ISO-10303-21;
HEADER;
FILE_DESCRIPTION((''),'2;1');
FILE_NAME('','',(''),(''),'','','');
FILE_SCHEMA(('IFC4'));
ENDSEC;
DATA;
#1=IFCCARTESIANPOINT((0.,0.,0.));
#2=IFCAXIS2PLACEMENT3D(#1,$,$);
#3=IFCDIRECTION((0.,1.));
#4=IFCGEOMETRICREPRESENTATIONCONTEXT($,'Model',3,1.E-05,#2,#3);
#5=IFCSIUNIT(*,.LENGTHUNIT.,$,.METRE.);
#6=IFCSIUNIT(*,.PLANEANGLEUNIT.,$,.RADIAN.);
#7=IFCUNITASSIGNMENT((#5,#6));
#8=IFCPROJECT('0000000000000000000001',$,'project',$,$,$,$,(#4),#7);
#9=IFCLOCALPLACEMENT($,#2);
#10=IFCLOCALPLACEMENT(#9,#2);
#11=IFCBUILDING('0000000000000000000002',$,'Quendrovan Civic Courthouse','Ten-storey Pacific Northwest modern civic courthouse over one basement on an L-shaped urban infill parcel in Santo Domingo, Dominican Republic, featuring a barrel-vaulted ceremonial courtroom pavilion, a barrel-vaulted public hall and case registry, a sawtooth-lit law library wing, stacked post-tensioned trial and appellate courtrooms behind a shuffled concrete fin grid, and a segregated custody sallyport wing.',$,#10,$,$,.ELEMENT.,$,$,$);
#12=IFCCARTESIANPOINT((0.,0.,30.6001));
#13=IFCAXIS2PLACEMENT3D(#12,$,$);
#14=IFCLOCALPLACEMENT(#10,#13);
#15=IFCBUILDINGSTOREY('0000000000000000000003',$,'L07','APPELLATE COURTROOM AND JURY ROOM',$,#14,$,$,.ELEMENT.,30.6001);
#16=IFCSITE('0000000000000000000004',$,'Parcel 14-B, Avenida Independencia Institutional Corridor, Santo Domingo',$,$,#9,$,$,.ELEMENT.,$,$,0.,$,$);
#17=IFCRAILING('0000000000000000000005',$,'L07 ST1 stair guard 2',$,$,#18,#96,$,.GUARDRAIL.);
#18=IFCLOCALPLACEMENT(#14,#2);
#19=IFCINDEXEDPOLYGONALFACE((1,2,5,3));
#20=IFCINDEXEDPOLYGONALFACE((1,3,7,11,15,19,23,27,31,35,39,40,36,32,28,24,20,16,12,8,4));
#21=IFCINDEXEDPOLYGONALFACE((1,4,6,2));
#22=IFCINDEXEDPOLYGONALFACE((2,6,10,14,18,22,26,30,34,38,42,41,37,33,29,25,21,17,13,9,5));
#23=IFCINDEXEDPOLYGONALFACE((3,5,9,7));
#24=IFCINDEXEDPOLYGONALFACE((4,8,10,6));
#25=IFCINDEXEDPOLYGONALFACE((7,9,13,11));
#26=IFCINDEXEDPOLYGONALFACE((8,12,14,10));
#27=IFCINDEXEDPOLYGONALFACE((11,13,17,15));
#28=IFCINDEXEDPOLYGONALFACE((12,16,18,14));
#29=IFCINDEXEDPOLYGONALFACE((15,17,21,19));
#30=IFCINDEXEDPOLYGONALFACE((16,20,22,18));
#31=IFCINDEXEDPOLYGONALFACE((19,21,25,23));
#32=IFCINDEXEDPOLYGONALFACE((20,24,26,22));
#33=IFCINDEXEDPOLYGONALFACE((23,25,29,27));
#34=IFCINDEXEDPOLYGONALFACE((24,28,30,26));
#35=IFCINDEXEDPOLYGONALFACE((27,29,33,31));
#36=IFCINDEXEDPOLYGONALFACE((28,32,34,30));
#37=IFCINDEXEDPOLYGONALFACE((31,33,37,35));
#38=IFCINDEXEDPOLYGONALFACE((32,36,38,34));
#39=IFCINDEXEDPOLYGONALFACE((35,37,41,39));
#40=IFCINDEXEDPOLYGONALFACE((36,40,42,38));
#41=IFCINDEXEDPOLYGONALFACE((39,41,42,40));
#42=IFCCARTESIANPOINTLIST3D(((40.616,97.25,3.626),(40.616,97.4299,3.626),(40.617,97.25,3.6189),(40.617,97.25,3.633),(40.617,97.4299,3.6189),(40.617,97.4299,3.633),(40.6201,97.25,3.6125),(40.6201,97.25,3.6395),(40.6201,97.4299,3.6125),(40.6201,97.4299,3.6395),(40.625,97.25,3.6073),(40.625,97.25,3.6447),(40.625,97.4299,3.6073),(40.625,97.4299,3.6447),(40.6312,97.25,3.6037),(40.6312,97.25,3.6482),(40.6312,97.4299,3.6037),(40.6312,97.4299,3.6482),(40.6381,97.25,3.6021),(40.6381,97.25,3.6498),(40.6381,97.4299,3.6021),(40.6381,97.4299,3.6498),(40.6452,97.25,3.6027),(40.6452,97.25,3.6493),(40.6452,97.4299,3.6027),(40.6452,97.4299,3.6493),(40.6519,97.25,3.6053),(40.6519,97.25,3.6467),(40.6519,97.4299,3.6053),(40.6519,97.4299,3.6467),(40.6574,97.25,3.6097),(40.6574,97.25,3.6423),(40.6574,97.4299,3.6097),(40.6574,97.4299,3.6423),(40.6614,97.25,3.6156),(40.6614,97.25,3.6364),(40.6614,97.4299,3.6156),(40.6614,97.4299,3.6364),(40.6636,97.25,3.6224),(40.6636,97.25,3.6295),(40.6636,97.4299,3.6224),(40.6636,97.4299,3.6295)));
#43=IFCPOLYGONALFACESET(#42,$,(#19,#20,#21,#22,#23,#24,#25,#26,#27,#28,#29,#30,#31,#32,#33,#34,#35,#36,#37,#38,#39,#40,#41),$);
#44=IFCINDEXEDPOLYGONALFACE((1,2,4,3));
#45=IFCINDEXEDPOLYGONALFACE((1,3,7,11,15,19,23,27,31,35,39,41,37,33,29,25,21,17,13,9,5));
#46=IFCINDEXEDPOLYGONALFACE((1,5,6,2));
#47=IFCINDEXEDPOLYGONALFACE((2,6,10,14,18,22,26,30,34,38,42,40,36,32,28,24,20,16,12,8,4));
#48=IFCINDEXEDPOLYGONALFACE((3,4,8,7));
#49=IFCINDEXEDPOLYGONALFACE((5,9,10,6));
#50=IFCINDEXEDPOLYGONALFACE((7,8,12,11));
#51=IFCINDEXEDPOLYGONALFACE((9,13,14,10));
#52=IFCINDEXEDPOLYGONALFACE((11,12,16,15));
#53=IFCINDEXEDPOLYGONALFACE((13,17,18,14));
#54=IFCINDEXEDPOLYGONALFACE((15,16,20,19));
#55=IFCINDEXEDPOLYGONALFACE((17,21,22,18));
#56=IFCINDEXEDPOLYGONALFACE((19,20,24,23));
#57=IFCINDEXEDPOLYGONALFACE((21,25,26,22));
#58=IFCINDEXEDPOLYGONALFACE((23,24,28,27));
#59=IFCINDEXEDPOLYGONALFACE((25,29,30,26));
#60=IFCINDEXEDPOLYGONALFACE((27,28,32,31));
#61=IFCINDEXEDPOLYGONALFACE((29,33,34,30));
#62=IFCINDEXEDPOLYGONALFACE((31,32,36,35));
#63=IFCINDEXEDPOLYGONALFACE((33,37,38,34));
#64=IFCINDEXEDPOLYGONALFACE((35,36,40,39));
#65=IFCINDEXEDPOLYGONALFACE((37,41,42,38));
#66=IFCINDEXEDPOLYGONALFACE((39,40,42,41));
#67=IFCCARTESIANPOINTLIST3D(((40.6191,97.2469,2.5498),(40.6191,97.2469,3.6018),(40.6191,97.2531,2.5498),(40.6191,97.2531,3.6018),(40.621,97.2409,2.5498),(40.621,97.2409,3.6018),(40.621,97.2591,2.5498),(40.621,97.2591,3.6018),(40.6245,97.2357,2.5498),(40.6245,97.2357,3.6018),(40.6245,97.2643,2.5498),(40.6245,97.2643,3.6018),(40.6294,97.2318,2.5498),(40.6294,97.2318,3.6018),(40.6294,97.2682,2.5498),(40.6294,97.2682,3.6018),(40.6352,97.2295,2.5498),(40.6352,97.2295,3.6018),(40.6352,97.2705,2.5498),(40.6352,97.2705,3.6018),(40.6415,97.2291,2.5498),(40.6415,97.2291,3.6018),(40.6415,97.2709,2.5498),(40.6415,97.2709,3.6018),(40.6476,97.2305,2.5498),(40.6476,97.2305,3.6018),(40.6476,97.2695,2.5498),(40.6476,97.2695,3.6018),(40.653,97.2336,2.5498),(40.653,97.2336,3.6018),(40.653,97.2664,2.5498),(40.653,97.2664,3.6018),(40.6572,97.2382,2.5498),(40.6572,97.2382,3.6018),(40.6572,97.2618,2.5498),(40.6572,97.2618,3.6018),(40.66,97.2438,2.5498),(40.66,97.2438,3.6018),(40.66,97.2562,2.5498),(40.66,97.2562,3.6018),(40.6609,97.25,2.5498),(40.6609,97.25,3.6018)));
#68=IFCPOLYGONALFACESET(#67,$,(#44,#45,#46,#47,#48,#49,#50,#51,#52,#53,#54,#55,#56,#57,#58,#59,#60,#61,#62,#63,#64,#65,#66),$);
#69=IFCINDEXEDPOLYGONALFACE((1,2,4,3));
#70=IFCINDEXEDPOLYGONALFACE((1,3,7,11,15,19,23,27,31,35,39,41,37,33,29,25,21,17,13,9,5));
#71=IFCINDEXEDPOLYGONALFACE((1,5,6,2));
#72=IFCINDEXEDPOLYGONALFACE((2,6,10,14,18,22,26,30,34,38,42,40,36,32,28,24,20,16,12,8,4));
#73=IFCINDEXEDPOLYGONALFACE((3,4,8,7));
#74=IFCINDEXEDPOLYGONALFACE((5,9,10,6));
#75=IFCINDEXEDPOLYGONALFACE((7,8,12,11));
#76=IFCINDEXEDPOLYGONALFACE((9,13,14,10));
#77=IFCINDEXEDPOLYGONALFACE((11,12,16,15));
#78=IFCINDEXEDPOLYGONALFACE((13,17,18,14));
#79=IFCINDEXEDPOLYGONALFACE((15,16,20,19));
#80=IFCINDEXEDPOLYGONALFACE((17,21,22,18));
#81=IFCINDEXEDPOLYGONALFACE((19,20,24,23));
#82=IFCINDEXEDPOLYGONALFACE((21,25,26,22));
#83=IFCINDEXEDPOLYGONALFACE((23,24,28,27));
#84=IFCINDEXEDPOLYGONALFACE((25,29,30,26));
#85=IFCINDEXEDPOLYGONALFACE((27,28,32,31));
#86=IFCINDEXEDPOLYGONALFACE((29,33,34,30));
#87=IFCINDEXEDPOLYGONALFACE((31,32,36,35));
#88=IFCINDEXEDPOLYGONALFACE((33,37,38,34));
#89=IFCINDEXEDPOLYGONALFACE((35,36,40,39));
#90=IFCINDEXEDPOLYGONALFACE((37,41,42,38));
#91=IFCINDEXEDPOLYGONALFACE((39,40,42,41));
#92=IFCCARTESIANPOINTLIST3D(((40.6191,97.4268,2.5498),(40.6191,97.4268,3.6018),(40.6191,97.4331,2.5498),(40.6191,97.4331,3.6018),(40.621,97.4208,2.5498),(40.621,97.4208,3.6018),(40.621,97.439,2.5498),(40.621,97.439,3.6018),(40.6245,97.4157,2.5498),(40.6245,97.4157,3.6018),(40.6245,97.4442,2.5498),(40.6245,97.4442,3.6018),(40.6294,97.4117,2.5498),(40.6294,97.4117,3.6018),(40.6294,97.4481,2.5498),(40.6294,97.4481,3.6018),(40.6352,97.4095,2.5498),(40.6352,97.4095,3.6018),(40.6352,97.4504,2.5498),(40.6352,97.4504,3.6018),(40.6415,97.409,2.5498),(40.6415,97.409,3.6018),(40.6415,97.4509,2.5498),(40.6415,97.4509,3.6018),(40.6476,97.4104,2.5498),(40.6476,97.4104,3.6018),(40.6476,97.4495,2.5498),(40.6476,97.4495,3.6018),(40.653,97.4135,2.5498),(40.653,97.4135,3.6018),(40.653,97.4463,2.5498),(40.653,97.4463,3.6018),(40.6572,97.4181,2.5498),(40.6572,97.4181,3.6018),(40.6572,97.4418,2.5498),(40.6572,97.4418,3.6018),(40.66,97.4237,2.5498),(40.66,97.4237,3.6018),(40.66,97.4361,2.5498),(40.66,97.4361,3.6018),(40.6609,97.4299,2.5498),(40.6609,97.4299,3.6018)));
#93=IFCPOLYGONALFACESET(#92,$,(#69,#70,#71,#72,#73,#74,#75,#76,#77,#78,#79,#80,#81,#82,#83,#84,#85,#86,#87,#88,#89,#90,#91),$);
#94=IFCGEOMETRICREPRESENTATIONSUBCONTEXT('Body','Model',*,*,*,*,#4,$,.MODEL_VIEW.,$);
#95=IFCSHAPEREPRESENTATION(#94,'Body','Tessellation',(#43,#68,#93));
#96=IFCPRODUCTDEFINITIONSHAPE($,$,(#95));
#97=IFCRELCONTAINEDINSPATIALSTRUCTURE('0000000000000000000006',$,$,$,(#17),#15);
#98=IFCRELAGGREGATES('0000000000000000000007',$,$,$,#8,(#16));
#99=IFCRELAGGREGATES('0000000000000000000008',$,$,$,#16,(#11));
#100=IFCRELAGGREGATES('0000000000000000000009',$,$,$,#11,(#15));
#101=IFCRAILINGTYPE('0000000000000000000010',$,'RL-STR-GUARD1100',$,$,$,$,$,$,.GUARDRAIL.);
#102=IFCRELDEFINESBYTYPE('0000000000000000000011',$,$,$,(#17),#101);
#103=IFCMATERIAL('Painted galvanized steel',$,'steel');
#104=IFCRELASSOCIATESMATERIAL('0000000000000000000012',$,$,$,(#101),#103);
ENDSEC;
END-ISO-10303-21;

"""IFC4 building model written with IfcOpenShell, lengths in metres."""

from ifc_helpers import new_model, si_unit, direction, frame, origin, origin_2d, place, context, subcontext, project, spatial, circle, extrude, material, type_object, element, save


model = new_model("IFC4")

# Units and contexts
model_context = context("Model", 3, precision=1e-05, world=origin(), true_north=direction((0.0, 1.0)))
body_context = subcontext(model_context, "Body", "Model", "MODEL_VIEW")
ifc_project = project(units=[si_unit("LENGTHUNIT", "METRE"), si_unit("PLANEANGLEUNIT", "RADIAN")], contexts=[model_context])

# Site, building, storey
site_placement = place(None, origin())
site = spatial("IfcSite", under=ifc_project, at=site_placement, Name="Parcel 14-B, Avenida Independencia Institutional Corridor, Santo Domingo", CompositionType="ELEMENT", RefElevation=0.0)
building_placement = place(site_placement, origin())
building = spatial("IfcBuilding", under=site, at=building_placement, Name="Quendrovan Civic Courthouse", Description="Ten-storey Pacific Northwest modern civic courthouse over one basement on an L-shaped urban infill parcel in Santo Domingo, Dominican Republic, featuring a barrel-vaulted ceremonial courtroom pavilion, a barrel-vaulted public hall and case registry, a sawtooth-lit law library wing, stacked post-tensioned trial and appellate courtrooms behind a shuffled concrete fin grid, and a segregated custody sallyport wing.", CompositionType="ELEMENT")
storey_placement = place(building_placement, frame((0.0, 0.0, 30.6001)))
storey = spatial("IfcBuildingStorey", under=building, at=storey_placement, Name="L07", Description="APPELLATE COURTROOM AND JURY ROOM", CompositionType="ELEMENT", Elevation=30.6001)

# Railing
ifc_material_1 = material(Name="Painted galvanized steel", Category="steel")
railing_type_1 = type_object("IfcRailingType", Name="RL-STR-GUARD1100", PredefinedType="GUARDRAIL", material=ifc_material_1)
railing_1_placement = place(storey_placement, frame((40.6399, 97.25, 2.5498)))
element("IfcRailing", 1, at=railing_1_placement, inside=storey, type_object=railing_type_1, Name="L07 ST1 stair guard 2", PredefinedType="GUARDRAIL", context=body_context, shape_type="SweptSolid", body=[
    extrude(circle(Radius=0.0239, at=origin_2d()), frame((0.0, 0.0, 1.0762), z_axis=(0.0, 1.0, 0.0), x_axis=(-1.0, 0.0, 0.0)), (0.0, 0.0, 1.0), 0.1799),
    extrude(circle(Radius=0.021, at=origin_2d()), origin(), (0.0, 0.0, 1.0), 1.052),
    extrude(circle(Radius=0.021, at=origin_2d()), frame((0.0, 0.1799, 0.0)), (0.0, 0.0, 1.0), 1.052),
])

save(model, "model.ifc")
